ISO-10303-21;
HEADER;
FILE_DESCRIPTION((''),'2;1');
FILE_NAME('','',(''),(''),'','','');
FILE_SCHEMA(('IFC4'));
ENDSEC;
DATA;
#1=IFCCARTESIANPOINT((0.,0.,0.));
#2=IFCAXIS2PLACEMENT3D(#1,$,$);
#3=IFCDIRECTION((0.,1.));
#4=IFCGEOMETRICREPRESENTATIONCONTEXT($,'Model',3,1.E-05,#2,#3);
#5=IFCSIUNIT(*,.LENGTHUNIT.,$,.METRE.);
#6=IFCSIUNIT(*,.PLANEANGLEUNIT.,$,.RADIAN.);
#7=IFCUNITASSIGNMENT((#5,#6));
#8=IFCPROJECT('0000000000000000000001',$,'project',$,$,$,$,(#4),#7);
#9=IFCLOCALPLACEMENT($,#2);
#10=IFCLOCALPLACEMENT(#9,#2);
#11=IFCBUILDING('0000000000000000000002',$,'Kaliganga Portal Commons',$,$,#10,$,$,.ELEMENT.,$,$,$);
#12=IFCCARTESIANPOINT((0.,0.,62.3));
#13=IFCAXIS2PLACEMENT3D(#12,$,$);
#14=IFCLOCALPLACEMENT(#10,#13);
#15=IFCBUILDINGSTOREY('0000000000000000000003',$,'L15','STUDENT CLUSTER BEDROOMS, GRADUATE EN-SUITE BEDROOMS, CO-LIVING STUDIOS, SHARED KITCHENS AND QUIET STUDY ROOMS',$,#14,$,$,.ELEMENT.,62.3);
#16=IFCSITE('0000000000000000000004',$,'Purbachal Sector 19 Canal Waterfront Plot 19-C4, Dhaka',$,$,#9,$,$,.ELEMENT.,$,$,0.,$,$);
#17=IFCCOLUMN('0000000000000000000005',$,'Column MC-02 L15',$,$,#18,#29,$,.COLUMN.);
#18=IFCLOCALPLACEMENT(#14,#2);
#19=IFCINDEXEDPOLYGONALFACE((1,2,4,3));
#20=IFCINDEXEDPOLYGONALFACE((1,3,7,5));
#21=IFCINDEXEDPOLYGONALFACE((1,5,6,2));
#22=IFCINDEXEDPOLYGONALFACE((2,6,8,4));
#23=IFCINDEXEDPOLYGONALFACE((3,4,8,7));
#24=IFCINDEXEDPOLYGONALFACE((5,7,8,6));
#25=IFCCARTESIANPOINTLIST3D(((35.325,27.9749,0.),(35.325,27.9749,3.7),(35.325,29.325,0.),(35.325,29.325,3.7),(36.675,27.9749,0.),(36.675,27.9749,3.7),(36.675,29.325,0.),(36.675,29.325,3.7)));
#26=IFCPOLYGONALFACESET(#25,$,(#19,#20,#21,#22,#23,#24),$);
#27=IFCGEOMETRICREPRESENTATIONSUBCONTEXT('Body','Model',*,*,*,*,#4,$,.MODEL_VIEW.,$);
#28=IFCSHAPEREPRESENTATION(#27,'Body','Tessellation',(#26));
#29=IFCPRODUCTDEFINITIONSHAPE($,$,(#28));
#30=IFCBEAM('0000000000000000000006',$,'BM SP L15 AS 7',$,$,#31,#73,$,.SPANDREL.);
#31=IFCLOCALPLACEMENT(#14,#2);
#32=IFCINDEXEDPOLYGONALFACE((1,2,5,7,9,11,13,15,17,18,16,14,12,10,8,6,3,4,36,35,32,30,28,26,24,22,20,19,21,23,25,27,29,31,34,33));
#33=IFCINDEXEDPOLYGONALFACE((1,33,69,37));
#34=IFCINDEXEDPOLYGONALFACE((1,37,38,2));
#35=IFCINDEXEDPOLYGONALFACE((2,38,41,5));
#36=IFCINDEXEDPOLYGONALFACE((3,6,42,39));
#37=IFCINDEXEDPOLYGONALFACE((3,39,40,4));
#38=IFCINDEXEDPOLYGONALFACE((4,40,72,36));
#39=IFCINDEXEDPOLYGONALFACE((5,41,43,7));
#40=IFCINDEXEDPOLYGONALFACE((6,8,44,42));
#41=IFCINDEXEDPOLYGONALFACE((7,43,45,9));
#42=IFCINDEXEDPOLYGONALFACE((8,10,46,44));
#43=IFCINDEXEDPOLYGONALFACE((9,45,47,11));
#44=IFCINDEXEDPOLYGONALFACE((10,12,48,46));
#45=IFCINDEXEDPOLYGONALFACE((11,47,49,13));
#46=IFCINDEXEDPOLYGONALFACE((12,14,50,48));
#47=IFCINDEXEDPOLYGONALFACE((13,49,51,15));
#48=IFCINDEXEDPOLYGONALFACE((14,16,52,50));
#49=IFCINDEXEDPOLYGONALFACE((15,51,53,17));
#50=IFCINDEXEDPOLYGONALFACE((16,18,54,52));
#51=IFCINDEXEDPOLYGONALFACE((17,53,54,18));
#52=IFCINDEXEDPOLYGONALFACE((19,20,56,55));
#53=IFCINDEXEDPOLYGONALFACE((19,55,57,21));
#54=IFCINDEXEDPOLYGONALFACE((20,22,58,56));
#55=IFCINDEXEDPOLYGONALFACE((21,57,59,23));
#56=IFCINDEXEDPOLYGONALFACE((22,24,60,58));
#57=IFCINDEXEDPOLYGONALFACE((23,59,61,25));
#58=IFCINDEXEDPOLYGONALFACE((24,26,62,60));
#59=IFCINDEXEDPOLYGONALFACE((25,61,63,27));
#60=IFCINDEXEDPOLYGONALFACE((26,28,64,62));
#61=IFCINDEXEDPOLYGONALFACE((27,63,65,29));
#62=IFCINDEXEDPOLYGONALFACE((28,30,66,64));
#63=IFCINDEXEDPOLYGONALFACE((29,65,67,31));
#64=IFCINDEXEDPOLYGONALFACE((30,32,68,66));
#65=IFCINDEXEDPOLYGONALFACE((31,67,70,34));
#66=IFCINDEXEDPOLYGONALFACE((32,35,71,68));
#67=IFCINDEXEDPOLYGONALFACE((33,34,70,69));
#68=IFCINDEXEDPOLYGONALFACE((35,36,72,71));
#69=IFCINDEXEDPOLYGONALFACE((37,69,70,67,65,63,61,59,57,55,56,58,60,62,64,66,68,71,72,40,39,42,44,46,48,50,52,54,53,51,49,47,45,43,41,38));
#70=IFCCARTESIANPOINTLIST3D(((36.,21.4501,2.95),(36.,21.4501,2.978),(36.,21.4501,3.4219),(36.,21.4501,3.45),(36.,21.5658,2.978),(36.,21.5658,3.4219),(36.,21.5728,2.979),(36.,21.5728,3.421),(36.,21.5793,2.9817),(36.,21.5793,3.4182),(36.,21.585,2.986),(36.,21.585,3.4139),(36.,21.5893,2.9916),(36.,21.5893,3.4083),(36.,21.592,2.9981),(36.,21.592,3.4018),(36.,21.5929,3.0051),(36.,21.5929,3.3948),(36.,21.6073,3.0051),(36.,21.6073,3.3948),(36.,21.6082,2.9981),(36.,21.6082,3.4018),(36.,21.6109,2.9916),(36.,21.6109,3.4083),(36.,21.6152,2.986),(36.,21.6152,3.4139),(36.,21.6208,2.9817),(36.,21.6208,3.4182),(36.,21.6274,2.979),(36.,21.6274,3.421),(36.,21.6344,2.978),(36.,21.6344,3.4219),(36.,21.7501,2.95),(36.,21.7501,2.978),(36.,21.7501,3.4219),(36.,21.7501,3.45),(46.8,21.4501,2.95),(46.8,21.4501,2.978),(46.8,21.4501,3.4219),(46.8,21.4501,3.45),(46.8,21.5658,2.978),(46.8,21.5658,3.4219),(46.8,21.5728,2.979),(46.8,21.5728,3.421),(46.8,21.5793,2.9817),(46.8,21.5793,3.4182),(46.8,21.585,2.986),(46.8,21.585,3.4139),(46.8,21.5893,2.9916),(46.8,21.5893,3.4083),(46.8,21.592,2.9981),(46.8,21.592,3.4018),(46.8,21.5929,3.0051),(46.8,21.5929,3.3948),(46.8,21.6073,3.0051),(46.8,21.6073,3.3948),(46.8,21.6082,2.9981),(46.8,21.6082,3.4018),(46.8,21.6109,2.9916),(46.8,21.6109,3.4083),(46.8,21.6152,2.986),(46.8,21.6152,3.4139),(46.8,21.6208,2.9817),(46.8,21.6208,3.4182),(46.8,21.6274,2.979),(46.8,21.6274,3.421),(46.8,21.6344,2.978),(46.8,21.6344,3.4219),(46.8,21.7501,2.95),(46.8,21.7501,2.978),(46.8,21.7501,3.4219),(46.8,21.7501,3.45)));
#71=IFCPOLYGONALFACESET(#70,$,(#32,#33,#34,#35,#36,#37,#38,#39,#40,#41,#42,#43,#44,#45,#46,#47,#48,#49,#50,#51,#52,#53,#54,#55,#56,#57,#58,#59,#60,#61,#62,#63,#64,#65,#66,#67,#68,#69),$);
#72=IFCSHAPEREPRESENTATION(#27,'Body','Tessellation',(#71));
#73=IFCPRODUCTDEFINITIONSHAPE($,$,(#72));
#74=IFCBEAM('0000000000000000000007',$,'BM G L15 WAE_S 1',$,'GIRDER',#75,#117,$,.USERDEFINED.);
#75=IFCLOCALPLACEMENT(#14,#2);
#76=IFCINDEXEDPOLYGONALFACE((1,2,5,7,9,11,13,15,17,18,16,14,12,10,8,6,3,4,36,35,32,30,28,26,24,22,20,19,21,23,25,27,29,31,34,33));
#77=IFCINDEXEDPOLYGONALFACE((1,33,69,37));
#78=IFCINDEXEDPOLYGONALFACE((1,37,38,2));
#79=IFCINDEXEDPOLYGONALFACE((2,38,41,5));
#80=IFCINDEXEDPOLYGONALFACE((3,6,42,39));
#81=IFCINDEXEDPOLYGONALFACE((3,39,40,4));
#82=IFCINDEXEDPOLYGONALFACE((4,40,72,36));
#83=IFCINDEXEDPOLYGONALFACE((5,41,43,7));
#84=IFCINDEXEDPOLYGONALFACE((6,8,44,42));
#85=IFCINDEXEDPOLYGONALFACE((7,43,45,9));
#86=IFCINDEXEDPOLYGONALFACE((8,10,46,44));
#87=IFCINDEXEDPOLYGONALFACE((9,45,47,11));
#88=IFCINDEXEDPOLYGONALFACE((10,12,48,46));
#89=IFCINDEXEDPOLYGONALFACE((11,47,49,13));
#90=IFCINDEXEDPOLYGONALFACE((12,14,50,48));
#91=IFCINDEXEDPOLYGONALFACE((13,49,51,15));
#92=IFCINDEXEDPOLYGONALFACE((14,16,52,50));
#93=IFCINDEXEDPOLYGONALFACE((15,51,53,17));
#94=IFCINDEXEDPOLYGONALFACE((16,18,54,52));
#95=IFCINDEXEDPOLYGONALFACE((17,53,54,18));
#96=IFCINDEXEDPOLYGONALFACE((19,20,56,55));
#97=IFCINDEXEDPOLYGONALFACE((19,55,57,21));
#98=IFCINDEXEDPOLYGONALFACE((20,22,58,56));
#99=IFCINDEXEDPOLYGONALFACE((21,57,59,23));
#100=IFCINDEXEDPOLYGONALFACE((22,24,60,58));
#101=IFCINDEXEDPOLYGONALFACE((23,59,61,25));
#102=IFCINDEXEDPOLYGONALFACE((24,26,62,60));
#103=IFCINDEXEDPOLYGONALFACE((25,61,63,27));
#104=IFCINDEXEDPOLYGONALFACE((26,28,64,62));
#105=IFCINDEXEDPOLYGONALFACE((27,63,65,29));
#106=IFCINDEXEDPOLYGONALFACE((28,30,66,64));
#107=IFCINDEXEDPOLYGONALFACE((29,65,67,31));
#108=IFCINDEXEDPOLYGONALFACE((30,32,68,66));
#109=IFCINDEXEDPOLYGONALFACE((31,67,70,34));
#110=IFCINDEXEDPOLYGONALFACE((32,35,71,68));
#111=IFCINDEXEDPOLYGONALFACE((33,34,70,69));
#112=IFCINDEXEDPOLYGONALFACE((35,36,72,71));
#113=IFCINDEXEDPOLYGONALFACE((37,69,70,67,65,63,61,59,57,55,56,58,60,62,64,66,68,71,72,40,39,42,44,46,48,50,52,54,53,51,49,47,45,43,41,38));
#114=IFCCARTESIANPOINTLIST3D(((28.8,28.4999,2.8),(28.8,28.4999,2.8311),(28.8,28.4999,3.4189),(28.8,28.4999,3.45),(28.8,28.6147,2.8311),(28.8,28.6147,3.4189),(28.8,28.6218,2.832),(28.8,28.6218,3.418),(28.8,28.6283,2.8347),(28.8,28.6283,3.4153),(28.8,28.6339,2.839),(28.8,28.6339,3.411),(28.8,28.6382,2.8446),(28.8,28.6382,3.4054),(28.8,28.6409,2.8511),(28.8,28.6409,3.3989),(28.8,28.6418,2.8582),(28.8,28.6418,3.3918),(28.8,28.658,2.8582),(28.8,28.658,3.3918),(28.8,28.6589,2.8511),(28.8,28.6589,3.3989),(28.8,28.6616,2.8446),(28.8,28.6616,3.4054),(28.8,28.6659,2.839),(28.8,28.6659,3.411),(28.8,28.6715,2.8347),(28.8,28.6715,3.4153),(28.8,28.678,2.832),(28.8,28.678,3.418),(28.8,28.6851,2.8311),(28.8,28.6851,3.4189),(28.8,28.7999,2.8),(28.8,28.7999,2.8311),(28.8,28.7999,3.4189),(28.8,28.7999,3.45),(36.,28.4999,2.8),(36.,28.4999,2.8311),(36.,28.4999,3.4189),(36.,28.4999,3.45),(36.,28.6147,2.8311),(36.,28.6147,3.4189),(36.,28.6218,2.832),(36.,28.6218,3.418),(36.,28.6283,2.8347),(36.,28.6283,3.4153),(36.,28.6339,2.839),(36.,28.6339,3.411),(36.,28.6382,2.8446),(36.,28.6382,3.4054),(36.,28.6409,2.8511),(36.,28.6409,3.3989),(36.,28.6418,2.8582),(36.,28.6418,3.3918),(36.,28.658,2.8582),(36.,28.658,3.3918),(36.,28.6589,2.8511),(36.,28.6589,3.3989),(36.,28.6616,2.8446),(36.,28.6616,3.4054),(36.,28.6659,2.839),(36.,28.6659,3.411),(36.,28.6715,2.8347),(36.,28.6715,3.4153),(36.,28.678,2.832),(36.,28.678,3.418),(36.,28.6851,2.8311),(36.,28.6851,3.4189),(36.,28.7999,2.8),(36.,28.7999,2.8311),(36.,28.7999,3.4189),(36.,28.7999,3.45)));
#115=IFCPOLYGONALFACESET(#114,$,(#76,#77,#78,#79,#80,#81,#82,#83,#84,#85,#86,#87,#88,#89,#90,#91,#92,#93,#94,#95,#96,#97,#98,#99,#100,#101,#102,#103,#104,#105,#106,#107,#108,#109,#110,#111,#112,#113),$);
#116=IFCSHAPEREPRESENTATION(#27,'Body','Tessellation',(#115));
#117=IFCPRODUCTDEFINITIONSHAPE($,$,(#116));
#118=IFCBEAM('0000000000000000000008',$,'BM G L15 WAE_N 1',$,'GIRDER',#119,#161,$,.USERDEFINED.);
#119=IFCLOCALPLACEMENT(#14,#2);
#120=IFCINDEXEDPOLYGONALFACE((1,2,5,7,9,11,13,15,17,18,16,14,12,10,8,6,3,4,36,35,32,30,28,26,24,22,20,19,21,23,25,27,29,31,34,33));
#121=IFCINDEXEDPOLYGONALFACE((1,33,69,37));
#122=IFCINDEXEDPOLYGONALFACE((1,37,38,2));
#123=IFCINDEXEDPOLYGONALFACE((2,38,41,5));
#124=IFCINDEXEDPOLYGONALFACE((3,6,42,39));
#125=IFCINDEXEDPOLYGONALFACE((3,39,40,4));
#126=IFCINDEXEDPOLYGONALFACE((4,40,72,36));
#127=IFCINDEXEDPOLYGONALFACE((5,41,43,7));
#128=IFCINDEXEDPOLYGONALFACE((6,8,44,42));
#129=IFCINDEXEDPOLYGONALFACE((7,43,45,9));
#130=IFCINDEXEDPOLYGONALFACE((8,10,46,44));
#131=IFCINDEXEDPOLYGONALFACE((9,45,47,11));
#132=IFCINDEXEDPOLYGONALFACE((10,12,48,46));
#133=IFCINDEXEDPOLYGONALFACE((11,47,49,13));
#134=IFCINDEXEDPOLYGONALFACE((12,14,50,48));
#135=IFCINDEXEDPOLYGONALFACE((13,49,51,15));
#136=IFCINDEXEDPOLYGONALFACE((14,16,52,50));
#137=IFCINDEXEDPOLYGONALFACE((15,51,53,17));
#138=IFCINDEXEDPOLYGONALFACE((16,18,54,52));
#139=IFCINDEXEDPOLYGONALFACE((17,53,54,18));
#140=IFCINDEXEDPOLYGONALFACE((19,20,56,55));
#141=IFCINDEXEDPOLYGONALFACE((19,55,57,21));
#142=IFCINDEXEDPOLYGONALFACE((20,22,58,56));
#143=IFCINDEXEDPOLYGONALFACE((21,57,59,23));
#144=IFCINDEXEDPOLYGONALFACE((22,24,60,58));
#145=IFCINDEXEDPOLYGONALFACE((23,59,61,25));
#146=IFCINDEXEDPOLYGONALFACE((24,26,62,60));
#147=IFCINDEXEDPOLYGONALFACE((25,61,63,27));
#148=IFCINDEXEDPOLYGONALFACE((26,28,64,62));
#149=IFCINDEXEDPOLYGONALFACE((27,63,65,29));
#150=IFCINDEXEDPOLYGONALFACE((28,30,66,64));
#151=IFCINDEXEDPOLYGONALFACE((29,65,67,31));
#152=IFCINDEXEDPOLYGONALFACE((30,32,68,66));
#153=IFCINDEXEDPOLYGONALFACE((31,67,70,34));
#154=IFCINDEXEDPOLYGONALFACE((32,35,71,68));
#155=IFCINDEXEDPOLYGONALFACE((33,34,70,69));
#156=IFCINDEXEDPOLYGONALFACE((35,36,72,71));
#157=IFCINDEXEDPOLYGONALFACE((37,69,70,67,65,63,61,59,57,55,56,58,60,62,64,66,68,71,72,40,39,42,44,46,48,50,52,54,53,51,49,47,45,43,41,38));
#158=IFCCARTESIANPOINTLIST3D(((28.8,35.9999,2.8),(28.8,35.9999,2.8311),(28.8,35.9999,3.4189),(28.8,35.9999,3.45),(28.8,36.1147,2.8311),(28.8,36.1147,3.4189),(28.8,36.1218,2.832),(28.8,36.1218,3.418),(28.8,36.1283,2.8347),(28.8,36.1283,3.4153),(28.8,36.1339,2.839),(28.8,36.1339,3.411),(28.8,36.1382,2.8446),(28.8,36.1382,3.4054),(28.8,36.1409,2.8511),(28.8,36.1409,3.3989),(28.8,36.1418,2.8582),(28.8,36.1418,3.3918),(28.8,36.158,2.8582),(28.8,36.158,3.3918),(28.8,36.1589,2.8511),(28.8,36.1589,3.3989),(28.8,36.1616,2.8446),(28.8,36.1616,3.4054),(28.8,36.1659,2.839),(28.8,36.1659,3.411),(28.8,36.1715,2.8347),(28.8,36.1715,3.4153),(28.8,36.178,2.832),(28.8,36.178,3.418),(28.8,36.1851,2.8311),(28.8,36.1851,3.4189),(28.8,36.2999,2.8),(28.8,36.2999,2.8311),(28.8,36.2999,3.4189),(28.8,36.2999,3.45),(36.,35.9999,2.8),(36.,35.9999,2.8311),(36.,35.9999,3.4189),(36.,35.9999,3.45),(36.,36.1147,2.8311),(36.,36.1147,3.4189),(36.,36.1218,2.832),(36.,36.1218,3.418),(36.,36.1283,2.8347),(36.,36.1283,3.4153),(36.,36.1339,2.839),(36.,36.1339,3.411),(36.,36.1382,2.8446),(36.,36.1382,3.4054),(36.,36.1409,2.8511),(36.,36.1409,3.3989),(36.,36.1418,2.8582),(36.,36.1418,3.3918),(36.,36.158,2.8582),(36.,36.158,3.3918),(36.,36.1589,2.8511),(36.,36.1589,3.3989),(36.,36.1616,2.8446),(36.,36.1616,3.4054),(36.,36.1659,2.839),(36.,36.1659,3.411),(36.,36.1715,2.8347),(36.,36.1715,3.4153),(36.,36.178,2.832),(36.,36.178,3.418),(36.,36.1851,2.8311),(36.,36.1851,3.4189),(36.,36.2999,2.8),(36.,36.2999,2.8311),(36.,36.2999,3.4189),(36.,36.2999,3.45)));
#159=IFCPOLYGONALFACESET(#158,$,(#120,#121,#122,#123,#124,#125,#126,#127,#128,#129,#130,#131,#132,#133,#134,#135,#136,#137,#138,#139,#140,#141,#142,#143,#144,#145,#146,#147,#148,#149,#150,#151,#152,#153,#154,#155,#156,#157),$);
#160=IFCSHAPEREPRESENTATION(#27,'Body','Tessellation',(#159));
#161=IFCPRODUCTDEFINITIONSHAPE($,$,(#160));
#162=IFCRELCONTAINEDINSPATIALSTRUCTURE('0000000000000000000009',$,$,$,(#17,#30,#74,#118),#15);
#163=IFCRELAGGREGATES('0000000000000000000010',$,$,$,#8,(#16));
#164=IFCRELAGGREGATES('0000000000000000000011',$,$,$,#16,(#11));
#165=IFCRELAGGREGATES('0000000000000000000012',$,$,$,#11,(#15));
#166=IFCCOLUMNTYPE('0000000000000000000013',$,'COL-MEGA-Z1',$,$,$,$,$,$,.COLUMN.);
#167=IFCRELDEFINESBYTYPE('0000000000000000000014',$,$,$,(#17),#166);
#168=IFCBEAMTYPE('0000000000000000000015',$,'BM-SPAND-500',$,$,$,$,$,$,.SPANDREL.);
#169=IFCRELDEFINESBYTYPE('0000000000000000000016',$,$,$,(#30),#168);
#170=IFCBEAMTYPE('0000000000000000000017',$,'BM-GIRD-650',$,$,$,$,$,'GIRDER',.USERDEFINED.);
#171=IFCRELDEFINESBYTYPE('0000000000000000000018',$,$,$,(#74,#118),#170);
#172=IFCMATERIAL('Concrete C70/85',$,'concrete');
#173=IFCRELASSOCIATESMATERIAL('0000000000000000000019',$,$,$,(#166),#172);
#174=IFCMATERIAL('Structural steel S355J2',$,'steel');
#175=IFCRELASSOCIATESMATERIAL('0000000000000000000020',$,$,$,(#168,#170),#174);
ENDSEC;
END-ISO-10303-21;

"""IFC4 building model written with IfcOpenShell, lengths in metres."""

from ifc_helpers import new_model, si_unit, direction, frame, origin, origin_2d, place, context, subcontext, project, spatial, rectangle, i_section, extrude, source, transform, mapped, material, material_profile, profile_set, type_object, element, save


model = new_model("IFC4")

# Units and contexts
model_context = context("Model", 3, precision=1e-05, world=origin(), true_north=direction((0.0, 1.0)))
body_context = subcontext(model_context, "Body", "Model", "MODEL_VIEW")
ifc_project = project(units=[si_unit("LENGTHUNIT", "METRE"), si_unit("PLANEANGLEUNIT", "RADIAN")], contexts=[model_context])

# Site, building, storey
site_placement = place(None, origin())
site = spatial("IfcSite", under=ifc_project, at=site_placement, Name="Purbachal Sector 19 Canal Waterfront Plot 19-C4, Dhaka", CompositionType="ELEMENT", RefElevation=0.0)
building_placement = place(site_placement, origin())
building = spatial("IfcBuilding", under=site, at=building_placement, Name="Kaliganga Portal Commons", CompositionType="ELEMENT")
storey_placement = place(building_placement, frame((0.0, 0.0, 62.3)))
storey = spatial("IfcBuildingStorey", under=building, at=storey_placement, Name="L15", Description="STUDENT CLUSTER BEDROOMS, GRADUATE EN-SUITE BEDROOMS, CO-LIVING STUDIOS, SHARED KITCHENS AND QUIET STUDY ROOMS", CompositionType="ELEMENT", Elevation=62.3)

# Column
ifc_material_1 = material(Name="Concrete C70/85", Category="concrete")
ifc_material_profile_1 = material_profile(ifc_material_1, rectangle(XDim=1.3501, YDim=1.3501, at=origin_2d()), Name="RC 1350x1350")
ifc_profile_set_1 = profile_set([ifc_material_profile_1], Name="Concrete C70/85")
column_type = type_object("IfcColumnType", Name="COL-MEGA-Z1", PredefinedType="COLUMN", material=ifc_profile_set_1)
shared_shape_1 = source(origin(), body_context, "Body", "SweptSolid", [
    extrude(rectangle(XDim=1.3501, YDim=1.3501, at=origin_2d()), origin(), (0.0, 0.0, 1.0), 3.7),
])
column_placement = place(storey_placement, frame((36.0, 28.6499, 0.0), z_axis=(0.0, 0.0, 1.0), x_axis=(1.0, 0.0, 0.0)))
element("IfcColumn", 1, at=column_placement, inside=storey, type_object=column_type, Name="Column MC-02 L15", PredefinedType="COLUMN", context=body_context, shape_type="MappedRepresentation", body=[
    mapped(shared_shape_1, transform((0.0, 0.0, 0.0), x_axis=(1.0, 0.0, 0.0), y_axis=(0.0, 1.0, 0.0), z_axis=(0.0, 0.0, 1.0), scale=1.0)),
])

# Beams
ifc_material_2 = material(Name="Structural steel S355J2", Category="steel")
ifc_material_profile_2 = material_profile(ifc_material_2, i_section(OverallWidth=0.3, OverallDepth=0.5, WebThickness=0.0144, FlangeThickness=0.0281, FilletRadius=0.0271, at=origin_2d()), Name="HE 500 B")
ifc_profile_set_2 = profile_set([ifc_material_profile_2], Name="Structural steel S355J2 wide-flange")
beam_type_1 = type_object("IfcBeamType", Name="BM-SPAND-500", PredefinedType="SPANDREL", material=ifc_profile_set_2)
shared_shape_2 = source(origin(), body_context, "Body", "SweptSolid", [
    extrude(i_section(OverallWidth=0.3, OverallDepth=0.5, WebThickness=0.0144, FlangeThickness=0.0281, FilletRadius=0.0271, at=origin_2d()), origin(), (0.0, 0.0, 1.0), 10.8),
])
beam_1_placement = place(storey_placement, frame((36.0, 21.6001, 3.2), z_axis=(1.0, 0.0, 0.0), x_axis=(0.0, 1.0, 0.0)))
element("IfcBeam", 2, at=beam_1_placement, inside=storey, type_object=beam_type_1, Name="BM SP L15 AS 7", PredefinedType="SPANDREL", context=body_context, shape_type="MappedRepresentation", body=[
    mapped(shared_shape_2, transform((0.0, 0.0, 0.0), x_axis=(1.0, 0.0, 0.0), y_axis=(0.0, 1.0, 0.0), z_axis=(0.0, 0.0, 1.0), scale=1.0)),
])
ifc_material_profile_3 = material_profile(ifc_material_2, i_section(OverallWidth=0.3, OverallDepth=0.6499, WebThickness=0.0161, FlangeThickness=0.031, FilletRadius=0.0271, at=origin_2d()), Name="HE 650 B")
ifc_profile_set_3 = profile_set([ifc_material_profile_3], Name="Structural steel S355J2 wide-flange")
beam_type_2 = type_object("IfcBeamType", Name="BM-GIRD-650", ElementType="GIRDER", PredefinedType="USERDEFINED", material=ifc_profile_set_3)
shared_shape_3 = source(origin(), body_context, "Body", "SweptSolid", [
    extrude(i_section(OverallWidth=0.3, OverallDepth=0.6499, WebThickness=0.0161, FlangeThickness=0.031, FilletRadius=0.0271, at=origin_2d()), origin(), (0.0, 0.0, 1.0), 7.2),
])
for number, where, z_axis, x_axis, name in (
    (3, (28.8, 28.6499, 3.125), (1.0, 0.0, 0.0), (0.0, 1.0, 0.0), "BM G L15 WAE_S 1"),
    (4, (28.8, 36.1499, 3.125), (1.0, 0.0, 0.0), (0.0, 1.0, 0.0), "BM G L15 WAE_N 1"),
):
    element("IfcBeam", number, at=place(storey_placement, frame(where, z_axis=z_axis, x_axis=x_axis)), inside=storey, type_object=beam_type_2, Name=name, ObjectType="GIRDER", PredefinedType="USERDEFINED", context=body_context, shape_type="MappedRepresentation", body=[
        mapped(shared_shape_3, transform((0.0, 0.0, 0.0), x_axis=(1.0, 0.0, 0.0), y_axis=(0.0, 1.0, 0.0), z_axis=(0.0, 0.0, 1.0), scale=1.0)),
    ])

save(model, "model.ifc")
